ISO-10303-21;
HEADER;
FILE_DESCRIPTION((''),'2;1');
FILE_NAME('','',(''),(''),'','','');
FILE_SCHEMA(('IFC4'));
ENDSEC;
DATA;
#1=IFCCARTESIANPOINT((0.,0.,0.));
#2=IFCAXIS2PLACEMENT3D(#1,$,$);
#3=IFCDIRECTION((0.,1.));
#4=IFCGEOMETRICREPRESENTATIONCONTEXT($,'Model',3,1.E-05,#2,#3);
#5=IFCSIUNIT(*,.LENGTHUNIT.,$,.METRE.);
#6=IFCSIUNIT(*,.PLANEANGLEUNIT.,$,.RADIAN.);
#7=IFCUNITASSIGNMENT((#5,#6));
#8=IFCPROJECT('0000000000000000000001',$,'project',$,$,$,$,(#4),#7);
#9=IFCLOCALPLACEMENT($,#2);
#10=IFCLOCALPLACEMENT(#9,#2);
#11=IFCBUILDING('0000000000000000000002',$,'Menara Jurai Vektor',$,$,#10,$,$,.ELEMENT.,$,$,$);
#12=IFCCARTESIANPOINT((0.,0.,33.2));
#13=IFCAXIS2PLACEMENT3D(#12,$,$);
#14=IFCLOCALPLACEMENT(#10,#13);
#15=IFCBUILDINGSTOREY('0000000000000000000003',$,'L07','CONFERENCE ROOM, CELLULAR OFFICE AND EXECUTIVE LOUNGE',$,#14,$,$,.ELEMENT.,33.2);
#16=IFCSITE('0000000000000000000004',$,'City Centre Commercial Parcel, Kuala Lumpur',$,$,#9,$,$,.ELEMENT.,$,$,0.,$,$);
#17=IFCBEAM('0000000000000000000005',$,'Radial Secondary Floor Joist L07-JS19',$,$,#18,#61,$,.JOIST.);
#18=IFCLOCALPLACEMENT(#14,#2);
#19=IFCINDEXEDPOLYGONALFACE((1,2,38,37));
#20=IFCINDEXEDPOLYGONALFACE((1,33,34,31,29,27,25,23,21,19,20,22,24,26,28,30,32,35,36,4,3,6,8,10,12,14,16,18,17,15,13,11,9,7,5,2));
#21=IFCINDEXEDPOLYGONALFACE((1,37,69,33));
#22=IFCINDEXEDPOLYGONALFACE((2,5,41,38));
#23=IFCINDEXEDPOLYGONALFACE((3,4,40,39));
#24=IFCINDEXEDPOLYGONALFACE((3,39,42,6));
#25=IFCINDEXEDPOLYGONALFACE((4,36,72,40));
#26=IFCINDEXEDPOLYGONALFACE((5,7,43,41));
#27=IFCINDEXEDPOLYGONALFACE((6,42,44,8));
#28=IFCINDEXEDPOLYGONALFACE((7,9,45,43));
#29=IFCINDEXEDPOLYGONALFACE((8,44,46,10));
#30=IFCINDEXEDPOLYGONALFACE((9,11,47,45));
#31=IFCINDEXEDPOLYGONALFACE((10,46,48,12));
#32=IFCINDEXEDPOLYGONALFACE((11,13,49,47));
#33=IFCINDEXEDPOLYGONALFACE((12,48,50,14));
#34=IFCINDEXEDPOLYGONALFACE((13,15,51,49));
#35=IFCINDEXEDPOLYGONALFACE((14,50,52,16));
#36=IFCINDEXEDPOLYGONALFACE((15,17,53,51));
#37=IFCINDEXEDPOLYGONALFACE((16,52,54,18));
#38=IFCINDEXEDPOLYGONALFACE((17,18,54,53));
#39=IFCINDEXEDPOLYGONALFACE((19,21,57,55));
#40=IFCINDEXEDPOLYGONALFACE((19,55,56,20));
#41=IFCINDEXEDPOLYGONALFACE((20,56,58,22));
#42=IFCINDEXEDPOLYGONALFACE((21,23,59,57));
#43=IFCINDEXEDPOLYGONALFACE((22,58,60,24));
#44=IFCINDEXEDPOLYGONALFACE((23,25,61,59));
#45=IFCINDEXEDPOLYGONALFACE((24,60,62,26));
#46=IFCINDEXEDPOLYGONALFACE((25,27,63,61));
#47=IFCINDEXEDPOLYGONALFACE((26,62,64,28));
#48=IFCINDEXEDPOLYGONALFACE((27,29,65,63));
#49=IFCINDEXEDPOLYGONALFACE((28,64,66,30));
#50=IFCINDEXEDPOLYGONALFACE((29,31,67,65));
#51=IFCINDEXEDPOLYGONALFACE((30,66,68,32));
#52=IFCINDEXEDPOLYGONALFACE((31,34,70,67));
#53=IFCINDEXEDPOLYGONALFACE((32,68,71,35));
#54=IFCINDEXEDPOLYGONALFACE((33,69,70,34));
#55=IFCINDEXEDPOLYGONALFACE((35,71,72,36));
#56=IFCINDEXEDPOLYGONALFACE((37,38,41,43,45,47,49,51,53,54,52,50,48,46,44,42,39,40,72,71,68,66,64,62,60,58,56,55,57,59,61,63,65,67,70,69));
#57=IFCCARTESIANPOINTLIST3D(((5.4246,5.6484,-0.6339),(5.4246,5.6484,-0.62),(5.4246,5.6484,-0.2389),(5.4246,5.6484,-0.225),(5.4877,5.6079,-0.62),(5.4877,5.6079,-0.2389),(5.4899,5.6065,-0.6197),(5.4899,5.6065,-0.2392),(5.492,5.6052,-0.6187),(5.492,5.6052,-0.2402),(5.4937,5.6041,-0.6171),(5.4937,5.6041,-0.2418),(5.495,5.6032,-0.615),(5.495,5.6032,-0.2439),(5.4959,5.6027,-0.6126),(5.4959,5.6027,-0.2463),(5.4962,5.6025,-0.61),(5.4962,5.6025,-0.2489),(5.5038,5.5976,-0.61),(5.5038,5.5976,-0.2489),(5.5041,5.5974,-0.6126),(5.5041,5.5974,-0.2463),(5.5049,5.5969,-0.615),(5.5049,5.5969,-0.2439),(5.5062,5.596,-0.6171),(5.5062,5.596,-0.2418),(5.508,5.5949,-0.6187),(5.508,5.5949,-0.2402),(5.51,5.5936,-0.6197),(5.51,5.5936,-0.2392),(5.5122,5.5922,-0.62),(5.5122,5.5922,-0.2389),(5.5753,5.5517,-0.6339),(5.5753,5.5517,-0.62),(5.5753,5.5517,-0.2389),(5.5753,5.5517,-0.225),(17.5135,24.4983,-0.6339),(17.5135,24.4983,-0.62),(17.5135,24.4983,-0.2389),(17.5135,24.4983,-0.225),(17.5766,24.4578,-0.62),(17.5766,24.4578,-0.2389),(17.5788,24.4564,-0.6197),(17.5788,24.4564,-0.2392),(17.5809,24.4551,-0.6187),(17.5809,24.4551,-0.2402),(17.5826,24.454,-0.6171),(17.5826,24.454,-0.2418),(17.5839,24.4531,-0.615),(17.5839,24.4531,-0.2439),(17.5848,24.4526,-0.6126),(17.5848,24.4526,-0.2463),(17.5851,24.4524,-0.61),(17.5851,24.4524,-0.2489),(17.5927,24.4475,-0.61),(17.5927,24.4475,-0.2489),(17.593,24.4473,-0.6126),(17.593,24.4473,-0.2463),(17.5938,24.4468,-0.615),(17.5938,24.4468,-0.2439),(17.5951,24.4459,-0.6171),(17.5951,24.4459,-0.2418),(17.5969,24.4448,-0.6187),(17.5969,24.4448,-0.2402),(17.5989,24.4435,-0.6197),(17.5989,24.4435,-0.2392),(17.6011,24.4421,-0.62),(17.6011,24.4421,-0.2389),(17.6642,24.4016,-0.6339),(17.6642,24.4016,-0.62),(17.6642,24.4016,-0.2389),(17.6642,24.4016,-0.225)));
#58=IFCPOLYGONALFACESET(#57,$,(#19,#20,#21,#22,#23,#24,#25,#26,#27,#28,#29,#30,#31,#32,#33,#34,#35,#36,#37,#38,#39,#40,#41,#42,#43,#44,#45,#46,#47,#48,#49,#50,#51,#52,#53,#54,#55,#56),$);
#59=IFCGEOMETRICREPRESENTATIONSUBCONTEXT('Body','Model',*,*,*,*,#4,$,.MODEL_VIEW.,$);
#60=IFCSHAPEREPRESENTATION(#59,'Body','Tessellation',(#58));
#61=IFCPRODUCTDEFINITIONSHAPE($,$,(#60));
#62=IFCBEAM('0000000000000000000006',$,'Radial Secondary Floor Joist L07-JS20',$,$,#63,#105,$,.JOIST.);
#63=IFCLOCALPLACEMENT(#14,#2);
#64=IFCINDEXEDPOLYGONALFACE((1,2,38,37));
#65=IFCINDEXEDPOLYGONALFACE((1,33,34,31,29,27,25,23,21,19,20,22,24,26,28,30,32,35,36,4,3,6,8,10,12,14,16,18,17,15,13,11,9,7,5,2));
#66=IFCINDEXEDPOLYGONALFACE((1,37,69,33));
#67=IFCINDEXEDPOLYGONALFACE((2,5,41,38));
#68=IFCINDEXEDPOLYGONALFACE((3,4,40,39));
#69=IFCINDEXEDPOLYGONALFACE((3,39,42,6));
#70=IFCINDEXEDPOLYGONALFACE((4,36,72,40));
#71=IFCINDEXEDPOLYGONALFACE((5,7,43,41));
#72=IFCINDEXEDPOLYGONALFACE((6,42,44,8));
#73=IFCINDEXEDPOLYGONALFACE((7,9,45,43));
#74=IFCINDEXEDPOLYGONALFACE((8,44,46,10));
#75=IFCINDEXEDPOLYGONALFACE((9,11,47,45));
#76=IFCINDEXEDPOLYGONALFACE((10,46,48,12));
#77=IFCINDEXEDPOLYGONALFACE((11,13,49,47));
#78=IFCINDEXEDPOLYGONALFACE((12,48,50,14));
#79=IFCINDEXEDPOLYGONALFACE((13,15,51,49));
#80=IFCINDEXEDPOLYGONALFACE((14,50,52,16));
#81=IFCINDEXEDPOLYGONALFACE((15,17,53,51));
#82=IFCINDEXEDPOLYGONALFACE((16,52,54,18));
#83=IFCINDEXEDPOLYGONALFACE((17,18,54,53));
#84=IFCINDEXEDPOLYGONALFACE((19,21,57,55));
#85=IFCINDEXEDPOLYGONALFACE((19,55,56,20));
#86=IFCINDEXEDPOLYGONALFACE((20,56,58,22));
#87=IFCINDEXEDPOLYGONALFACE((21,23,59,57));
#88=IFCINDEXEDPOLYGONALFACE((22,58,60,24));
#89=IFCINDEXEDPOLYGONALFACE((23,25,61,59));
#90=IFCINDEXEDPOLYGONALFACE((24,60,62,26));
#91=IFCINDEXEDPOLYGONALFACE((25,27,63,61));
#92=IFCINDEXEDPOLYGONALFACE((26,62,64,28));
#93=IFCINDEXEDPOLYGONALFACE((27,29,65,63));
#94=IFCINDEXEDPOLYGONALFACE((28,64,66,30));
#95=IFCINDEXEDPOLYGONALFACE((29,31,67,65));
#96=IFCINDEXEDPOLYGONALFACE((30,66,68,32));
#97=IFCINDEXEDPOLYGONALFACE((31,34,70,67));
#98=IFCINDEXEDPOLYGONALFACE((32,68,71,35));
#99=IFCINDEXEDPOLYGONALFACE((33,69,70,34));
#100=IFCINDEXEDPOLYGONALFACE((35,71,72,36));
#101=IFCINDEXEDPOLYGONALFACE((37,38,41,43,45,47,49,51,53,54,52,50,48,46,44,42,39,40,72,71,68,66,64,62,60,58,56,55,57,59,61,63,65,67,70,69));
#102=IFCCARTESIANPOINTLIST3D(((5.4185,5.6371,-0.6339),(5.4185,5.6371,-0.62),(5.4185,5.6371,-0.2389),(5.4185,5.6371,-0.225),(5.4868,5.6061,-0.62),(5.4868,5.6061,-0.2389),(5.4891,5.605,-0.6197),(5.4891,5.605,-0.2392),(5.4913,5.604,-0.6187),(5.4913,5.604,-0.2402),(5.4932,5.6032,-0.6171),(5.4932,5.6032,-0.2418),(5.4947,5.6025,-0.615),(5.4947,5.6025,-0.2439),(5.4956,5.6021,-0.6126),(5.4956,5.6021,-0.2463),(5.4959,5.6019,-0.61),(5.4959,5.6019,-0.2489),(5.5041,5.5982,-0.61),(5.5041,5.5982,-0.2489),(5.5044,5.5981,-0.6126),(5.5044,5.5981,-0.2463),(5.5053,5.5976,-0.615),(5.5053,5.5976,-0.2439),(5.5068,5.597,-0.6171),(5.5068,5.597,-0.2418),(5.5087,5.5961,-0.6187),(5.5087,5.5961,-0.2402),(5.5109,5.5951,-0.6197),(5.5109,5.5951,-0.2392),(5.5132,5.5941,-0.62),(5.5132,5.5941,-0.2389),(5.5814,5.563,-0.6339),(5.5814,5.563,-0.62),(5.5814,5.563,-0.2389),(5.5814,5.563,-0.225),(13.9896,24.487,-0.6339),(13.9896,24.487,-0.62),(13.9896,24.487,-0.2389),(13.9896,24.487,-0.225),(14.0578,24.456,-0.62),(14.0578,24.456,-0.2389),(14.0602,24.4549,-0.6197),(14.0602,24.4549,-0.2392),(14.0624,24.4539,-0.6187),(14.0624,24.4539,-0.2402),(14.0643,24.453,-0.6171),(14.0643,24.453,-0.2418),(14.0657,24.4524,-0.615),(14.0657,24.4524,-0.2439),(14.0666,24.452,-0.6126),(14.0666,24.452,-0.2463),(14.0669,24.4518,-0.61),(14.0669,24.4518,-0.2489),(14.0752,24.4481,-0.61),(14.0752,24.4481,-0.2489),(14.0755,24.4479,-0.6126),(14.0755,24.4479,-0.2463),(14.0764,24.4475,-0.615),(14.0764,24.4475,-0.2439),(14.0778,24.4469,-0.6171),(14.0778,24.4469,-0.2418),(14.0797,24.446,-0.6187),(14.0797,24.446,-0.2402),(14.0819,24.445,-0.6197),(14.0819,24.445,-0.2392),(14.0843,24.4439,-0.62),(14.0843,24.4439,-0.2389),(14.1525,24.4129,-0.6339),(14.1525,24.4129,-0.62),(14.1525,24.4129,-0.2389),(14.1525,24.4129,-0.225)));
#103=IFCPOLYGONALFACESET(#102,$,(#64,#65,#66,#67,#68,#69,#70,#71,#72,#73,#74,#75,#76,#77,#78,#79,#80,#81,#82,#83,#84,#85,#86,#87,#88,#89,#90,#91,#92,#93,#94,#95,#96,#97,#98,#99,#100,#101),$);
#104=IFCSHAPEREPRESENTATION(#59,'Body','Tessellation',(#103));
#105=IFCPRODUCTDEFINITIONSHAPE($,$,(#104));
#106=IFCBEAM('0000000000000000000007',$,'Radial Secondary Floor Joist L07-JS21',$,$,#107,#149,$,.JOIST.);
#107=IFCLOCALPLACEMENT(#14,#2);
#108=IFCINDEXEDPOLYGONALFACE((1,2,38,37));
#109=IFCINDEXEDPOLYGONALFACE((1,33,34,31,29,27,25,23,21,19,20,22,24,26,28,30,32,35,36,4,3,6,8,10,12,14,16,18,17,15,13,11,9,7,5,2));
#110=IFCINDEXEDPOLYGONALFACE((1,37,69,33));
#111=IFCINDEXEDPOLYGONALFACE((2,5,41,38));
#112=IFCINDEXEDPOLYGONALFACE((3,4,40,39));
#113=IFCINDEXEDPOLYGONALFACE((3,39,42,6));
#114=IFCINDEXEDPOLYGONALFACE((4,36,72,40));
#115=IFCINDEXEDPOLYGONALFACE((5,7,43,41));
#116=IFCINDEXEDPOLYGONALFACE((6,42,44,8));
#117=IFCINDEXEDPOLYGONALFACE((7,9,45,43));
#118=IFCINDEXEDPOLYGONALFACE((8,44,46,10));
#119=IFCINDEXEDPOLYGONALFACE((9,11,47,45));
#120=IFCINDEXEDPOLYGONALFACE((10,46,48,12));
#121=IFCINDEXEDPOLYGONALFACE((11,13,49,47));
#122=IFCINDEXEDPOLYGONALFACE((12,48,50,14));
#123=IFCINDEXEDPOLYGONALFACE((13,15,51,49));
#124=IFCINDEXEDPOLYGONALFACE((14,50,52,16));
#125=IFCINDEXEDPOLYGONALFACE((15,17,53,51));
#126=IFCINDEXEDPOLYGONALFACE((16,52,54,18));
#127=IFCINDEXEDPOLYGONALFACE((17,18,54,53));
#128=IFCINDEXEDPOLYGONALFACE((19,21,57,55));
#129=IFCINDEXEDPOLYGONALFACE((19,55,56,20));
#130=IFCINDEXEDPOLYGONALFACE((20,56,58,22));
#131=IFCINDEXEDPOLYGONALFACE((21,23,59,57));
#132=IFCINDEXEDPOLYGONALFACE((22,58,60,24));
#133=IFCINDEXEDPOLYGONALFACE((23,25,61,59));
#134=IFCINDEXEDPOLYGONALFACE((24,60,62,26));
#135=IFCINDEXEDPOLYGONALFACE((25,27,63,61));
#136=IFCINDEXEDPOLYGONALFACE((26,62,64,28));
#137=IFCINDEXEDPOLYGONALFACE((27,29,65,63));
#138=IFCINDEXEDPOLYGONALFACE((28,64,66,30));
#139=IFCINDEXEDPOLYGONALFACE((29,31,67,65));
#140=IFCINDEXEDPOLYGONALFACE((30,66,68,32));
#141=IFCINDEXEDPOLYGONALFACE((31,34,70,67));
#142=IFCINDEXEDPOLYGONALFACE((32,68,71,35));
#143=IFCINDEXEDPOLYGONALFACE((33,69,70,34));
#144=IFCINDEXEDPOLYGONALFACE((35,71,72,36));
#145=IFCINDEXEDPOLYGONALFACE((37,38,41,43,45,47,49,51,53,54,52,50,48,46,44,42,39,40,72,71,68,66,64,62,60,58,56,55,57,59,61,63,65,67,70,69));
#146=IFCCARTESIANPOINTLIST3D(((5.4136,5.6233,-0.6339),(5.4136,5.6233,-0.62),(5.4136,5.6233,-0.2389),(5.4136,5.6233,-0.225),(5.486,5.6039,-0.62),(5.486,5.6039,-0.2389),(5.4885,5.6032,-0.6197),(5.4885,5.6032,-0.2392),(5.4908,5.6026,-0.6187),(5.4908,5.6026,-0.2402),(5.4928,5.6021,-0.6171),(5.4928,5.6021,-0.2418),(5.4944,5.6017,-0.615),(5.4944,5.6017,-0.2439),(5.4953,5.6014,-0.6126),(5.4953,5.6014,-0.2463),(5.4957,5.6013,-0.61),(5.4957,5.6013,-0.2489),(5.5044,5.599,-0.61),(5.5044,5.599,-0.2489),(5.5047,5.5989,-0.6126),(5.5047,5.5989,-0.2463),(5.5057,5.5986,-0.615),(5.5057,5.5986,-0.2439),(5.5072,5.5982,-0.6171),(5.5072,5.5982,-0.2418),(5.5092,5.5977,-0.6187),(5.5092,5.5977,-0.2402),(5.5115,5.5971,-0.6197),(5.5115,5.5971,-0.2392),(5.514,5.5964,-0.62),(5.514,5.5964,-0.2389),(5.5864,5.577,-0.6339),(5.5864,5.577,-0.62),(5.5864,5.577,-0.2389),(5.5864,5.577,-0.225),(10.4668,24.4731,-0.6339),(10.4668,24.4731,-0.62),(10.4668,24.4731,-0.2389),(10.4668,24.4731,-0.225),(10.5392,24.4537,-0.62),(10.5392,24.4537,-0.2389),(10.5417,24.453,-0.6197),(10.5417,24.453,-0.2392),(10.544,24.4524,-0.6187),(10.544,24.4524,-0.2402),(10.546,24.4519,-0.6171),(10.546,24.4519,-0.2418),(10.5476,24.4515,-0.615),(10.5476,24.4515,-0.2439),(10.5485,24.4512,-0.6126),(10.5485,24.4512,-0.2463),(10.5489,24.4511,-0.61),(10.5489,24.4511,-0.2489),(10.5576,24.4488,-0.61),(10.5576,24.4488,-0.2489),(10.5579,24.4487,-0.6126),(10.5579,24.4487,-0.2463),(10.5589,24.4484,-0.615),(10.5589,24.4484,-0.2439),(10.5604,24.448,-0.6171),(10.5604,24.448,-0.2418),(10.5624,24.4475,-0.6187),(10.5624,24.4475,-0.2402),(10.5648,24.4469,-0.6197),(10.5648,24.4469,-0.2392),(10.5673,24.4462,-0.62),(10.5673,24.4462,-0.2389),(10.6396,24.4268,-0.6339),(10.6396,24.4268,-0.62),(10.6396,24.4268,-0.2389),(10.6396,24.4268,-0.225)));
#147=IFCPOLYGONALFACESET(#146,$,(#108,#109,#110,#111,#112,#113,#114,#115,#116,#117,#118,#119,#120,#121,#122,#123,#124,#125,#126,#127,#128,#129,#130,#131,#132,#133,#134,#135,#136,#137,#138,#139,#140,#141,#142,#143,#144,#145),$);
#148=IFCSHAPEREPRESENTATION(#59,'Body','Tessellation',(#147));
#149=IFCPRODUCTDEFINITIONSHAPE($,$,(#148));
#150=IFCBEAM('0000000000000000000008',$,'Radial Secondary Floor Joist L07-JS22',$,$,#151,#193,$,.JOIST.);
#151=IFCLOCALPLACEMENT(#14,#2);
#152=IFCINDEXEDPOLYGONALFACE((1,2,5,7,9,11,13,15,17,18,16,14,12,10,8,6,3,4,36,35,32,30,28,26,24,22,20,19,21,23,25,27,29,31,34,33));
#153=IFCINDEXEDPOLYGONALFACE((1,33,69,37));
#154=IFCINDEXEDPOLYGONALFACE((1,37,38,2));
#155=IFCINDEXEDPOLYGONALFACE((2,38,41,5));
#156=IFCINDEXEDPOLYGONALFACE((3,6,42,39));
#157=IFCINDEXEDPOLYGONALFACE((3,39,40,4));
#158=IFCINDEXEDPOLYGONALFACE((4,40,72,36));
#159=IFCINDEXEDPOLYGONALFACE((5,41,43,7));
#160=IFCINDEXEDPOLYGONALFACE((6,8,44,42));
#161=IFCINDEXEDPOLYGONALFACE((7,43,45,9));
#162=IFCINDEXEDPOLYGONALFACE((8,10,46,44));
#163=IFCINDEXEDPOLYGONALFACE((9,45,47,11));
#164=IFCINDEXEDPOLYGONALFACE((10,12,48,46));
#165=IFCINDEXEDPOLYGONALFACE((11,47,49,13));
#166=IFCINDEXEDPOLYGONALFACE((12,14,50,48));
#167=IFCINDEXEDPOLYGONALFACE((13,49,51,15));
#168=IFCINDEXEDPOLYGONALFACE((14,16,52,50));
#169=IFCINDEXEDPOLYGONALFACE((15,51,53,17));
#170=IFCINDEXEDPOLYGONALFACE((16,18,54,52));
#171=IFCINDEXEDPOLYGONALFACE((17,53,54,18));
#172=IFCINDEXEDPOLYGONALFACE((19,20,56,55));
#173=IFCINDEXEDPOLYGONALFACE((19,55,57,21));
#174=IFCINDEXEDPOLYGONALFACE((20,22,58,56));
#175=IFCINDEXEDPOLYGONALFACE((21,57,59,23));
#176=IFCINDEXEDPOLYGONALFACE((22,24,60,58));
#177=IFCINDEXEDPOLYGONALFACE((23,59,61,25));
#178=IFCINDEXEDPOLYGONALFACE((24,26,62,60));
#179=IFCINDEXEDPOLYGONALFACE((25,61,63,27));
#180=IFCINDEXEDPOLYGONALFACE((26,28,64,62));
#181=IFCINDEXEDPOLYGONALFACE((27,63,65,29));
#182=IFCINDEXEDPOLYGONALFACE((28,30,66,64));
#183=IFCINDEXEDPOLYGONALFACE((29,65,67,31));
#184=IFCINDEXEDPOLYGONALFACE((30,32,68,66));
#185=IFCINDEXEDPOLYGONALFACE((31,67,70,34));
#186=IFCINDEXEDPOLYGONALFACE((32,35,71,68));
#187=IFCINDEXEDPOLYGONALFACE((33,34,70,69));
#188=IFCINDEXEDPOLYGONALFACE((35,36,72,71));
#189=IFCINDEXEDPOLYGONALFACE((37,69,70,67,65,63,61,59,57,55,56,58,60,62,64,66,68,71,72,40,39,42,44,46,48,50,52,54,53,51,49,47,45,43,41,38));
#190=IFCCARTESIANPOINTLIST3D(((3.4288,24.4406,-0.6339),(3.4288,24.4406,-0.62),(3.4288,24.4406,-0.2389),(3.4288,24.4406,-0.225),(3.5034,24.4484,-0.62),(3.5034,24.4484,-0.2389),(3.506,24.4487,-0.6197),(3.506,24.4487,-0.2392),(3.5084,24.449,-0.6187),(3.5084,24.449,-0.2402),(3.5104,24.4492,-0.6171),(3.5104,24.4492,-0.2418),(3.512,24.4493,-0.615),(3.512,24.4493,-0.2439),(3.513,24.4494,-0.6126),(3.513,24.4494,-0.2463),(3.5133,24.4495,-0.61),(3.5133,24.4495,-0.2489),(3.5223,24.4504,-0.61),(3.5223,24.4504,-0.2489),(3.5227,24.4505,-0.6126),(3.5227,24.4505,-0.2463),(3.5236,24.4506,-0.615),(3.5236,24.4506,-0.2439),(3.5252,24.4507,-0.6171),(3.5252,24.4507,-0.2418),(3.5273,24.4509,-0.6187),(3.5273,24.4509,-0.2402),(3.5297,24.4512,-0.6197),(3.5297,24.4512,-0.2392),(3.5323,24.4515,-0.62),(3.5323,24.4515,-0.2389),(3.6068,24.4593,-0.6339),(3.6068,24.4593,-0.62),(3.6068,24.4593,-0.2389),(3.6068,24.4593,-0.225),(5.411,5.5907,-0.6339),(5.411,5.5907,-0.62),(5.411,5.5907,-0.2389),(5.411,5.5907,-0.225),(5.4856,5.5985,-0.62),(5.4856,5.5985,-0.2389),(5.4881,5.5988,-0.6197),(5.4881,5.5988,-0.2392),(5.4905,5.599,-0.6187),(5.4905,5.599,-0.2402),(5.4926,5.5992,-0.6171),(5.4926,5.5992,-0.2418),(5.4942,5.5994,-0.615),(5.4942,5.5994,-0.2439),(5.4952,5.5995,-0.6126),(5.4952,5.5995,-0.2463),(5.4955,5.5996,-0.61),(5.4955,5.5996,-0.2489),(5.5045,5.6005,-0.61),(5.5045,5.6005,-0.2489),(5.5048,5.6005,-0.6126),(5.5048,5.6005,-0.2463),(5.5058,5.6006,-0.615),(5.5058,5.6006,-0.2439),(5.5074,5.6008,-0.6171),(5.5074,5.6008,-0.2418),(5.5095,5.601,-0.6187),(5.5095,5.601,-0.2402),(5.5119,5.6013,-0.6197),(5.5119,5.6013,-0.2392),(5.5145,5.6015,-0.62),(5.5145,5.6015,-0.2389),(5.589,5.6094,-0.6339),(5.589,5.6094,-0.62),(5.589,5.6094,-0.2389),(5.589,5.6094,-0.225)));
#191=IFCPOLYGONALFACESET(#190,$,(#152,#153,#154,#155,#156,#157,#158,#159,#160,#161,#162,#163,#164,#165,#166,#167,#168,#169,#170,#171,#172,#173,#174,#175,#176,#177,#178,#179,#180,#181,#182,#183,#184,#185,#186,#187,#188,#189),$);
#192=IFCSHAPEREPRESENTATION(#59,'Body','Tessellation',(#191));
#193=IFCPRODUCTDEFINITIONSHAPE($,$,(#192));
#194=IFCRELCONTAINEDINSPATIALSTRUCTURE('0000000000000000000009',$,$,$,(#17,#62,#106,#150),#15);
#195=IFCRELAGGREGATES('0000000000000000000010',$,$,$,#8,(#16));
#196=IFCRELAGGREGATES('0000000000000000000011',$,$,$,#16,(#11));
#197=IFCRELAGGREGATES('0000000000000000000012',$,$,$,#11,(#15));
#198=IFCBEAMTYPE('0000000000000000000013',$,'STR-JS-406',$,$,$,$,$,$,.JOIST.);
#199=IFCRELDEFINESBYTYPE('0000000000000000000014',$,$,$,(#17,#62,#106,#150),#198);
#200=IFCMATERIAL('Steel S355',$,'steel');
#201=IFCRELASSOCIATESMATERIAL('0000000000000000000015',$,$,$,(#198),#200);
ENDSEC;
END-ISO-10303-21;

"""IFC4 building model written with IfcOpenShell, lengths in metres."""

from ifc_helpers import new_model, si_unit, direction, frame, origin, origin_2d, place, context, subcontext, project, spatial, i_section, extrude, material, material_profile, profile_set, type_object, element, save


model = new_model("IFC4")

# Units and contexts
model_context = context("Model", 3, precision=1e-05, world=origin(), true_north=direction((0.0, 1.0)))
body_context = subcontext(model_context, "Body", "Model", "MODEL_VIEW")
ifc_project = project(units=[si_unit("LENGTHUNIT", "METRE"), si_unit("PLANEANGLEUNIT", "RADIAN")], contexts=[model_context])

# Site, building, storey
site_placement = place(None, origin())
site = spatial("IfcSite", under=ifc_project, at=site_placement, Name="City Centre Commercial Parcel, Kuala Lumpur", CompositionType="ELEMENT", RefElevation=0.0)
building_placement = place(site_placement, origin())
building = spatial("IfcBuilding", under=site, at=building_placement, Name="Menara Jurai Vektor", CompositionType="ELEMENT")
storey_placement = place(building_placement, frame((0.0, 0.0, 33.2)))
storey = spatial("IfcBuildingStorey", under=building, at=storey_placement, Name="L07", Description="CONFERENCE ROOM, CELLULAR OFFICE AND EXECUTIVE LOUNGE", CompositionType="ELEMENT", Elevation=33.2)

# Beams
ifc_material_1 = material(Name="Steel S355", Category="steel")
ifc_material_profile_1 = material_profile(ifc_material_1, i_section(OverallWidth=0.179, OverallDepth=0.4089, WebThickness=0.009, FlangeThickness=0.0139, FilletRadius=0.01, at=origin_2d()), Name="UKB 406x178x67")
ifc_profile_set_1 = profile_set([ifc_material_profile_1], Name="Steel S355")
beam_type_1 = type_object("IfcBeamType", Name="STR-JS-406", PredefinedType="JOIST", material=ifc_profile_set_1)
beam_1_placement = place(storey_placement, frame((17.5889, 24.45, -0.4294), z_axis=(-0.539844, -0.841765, 0.0), x_axis=(0.841765, -0.539844, 0.0)))
element("IfcBeam", 1, at=beam_1_placement, inside=storey, type_object=beam_type_1, Name="Radial Secondary Floor Joist L07-JS19", PredefinedType="JOIST", context=body_context, shape_type="SweptSolid", body=[
    extrude(i_section(OverallWidth=0.179, OverallDepth=0.4089, WebThickness=0.009, FlangeThickness=0.0139, FilletRadius=0.01, at=origin_2d()), origin(), (0.0, 0.0, 1.0), 22.3933),
])
beam_2_placement = place(storey_placement, frame((14.071, 24.45, -0.4294), z_axis=(-0.41392, -0.910313, 0.0), x_axis=(0.910313, -0.41392, 0.0)))
element("IfcBeam", 2, at=beam_2_placement, inside=storey, type_object=beam_type_1, Name="Radial Secondary Floor Joist L07-JS20", PredefinedType="JOIST", context=body_context, shape_type="SweptSolid", body=[
    extrude(i_section(OverallWidth=0.179, OverallDepth=0.4089, WebThickness=0.009, FlangeThickness=0.0139, FilletRadius=0.01, at=origin_2d()), origin(), (0.0, 0.0, 1.0), 20.707),
])
beam_3_placement = place(storey_placement, frame((10.5532, 24.45, -0.4294), z_axis=(-0.258935, -0.965895, 0.0), x_axis=(0.965895, -0.258935, 0.0)))
element("IfcBeam", 3, at=beam_3_placement, inside=storey, type_object=beam_type_1, Name="Radial Secondary Floor Joist L07-JS21", PredefinedType="JOIST", context=body_context, shape_type="SweptSolid", body=[
    extrude(i_section(OverallWidth=0.179, OverallDepth=0.4089, WebThickness=0.009, FlangeThickness=0.0139, FilletRadius=0.01, at=origin_2d()), origin(), (0.0, 0.0, 1.0), 19.5154),
])
beam_4_placement = place(storey_placement, frame((3.5178, 24.45, -0.4294), z_axis=(0.10458, -0.994517, 0.0), x_axis=(0.994517, 0.10458, 0.0)))
element("IfcBeam", 4, at=beam_4_placement, inside=storey, type_object=beam_type_1, Name="Radial Secondary Floor Joist L07-JS22", PredefinedType="JOIST", context=body_context, shape_type="SweptSolid", body=[
    extrude(i_section(OverallWidth=0.179, OverallDepth=0.4089, WebThickness=0.009, FlangeThickness=0.0139, FilletRadius=0.01, at=origin_2d()), origin(), (0.0, 0.0, 1.0), 18.9539),
])

save(model, "model.ifc")
